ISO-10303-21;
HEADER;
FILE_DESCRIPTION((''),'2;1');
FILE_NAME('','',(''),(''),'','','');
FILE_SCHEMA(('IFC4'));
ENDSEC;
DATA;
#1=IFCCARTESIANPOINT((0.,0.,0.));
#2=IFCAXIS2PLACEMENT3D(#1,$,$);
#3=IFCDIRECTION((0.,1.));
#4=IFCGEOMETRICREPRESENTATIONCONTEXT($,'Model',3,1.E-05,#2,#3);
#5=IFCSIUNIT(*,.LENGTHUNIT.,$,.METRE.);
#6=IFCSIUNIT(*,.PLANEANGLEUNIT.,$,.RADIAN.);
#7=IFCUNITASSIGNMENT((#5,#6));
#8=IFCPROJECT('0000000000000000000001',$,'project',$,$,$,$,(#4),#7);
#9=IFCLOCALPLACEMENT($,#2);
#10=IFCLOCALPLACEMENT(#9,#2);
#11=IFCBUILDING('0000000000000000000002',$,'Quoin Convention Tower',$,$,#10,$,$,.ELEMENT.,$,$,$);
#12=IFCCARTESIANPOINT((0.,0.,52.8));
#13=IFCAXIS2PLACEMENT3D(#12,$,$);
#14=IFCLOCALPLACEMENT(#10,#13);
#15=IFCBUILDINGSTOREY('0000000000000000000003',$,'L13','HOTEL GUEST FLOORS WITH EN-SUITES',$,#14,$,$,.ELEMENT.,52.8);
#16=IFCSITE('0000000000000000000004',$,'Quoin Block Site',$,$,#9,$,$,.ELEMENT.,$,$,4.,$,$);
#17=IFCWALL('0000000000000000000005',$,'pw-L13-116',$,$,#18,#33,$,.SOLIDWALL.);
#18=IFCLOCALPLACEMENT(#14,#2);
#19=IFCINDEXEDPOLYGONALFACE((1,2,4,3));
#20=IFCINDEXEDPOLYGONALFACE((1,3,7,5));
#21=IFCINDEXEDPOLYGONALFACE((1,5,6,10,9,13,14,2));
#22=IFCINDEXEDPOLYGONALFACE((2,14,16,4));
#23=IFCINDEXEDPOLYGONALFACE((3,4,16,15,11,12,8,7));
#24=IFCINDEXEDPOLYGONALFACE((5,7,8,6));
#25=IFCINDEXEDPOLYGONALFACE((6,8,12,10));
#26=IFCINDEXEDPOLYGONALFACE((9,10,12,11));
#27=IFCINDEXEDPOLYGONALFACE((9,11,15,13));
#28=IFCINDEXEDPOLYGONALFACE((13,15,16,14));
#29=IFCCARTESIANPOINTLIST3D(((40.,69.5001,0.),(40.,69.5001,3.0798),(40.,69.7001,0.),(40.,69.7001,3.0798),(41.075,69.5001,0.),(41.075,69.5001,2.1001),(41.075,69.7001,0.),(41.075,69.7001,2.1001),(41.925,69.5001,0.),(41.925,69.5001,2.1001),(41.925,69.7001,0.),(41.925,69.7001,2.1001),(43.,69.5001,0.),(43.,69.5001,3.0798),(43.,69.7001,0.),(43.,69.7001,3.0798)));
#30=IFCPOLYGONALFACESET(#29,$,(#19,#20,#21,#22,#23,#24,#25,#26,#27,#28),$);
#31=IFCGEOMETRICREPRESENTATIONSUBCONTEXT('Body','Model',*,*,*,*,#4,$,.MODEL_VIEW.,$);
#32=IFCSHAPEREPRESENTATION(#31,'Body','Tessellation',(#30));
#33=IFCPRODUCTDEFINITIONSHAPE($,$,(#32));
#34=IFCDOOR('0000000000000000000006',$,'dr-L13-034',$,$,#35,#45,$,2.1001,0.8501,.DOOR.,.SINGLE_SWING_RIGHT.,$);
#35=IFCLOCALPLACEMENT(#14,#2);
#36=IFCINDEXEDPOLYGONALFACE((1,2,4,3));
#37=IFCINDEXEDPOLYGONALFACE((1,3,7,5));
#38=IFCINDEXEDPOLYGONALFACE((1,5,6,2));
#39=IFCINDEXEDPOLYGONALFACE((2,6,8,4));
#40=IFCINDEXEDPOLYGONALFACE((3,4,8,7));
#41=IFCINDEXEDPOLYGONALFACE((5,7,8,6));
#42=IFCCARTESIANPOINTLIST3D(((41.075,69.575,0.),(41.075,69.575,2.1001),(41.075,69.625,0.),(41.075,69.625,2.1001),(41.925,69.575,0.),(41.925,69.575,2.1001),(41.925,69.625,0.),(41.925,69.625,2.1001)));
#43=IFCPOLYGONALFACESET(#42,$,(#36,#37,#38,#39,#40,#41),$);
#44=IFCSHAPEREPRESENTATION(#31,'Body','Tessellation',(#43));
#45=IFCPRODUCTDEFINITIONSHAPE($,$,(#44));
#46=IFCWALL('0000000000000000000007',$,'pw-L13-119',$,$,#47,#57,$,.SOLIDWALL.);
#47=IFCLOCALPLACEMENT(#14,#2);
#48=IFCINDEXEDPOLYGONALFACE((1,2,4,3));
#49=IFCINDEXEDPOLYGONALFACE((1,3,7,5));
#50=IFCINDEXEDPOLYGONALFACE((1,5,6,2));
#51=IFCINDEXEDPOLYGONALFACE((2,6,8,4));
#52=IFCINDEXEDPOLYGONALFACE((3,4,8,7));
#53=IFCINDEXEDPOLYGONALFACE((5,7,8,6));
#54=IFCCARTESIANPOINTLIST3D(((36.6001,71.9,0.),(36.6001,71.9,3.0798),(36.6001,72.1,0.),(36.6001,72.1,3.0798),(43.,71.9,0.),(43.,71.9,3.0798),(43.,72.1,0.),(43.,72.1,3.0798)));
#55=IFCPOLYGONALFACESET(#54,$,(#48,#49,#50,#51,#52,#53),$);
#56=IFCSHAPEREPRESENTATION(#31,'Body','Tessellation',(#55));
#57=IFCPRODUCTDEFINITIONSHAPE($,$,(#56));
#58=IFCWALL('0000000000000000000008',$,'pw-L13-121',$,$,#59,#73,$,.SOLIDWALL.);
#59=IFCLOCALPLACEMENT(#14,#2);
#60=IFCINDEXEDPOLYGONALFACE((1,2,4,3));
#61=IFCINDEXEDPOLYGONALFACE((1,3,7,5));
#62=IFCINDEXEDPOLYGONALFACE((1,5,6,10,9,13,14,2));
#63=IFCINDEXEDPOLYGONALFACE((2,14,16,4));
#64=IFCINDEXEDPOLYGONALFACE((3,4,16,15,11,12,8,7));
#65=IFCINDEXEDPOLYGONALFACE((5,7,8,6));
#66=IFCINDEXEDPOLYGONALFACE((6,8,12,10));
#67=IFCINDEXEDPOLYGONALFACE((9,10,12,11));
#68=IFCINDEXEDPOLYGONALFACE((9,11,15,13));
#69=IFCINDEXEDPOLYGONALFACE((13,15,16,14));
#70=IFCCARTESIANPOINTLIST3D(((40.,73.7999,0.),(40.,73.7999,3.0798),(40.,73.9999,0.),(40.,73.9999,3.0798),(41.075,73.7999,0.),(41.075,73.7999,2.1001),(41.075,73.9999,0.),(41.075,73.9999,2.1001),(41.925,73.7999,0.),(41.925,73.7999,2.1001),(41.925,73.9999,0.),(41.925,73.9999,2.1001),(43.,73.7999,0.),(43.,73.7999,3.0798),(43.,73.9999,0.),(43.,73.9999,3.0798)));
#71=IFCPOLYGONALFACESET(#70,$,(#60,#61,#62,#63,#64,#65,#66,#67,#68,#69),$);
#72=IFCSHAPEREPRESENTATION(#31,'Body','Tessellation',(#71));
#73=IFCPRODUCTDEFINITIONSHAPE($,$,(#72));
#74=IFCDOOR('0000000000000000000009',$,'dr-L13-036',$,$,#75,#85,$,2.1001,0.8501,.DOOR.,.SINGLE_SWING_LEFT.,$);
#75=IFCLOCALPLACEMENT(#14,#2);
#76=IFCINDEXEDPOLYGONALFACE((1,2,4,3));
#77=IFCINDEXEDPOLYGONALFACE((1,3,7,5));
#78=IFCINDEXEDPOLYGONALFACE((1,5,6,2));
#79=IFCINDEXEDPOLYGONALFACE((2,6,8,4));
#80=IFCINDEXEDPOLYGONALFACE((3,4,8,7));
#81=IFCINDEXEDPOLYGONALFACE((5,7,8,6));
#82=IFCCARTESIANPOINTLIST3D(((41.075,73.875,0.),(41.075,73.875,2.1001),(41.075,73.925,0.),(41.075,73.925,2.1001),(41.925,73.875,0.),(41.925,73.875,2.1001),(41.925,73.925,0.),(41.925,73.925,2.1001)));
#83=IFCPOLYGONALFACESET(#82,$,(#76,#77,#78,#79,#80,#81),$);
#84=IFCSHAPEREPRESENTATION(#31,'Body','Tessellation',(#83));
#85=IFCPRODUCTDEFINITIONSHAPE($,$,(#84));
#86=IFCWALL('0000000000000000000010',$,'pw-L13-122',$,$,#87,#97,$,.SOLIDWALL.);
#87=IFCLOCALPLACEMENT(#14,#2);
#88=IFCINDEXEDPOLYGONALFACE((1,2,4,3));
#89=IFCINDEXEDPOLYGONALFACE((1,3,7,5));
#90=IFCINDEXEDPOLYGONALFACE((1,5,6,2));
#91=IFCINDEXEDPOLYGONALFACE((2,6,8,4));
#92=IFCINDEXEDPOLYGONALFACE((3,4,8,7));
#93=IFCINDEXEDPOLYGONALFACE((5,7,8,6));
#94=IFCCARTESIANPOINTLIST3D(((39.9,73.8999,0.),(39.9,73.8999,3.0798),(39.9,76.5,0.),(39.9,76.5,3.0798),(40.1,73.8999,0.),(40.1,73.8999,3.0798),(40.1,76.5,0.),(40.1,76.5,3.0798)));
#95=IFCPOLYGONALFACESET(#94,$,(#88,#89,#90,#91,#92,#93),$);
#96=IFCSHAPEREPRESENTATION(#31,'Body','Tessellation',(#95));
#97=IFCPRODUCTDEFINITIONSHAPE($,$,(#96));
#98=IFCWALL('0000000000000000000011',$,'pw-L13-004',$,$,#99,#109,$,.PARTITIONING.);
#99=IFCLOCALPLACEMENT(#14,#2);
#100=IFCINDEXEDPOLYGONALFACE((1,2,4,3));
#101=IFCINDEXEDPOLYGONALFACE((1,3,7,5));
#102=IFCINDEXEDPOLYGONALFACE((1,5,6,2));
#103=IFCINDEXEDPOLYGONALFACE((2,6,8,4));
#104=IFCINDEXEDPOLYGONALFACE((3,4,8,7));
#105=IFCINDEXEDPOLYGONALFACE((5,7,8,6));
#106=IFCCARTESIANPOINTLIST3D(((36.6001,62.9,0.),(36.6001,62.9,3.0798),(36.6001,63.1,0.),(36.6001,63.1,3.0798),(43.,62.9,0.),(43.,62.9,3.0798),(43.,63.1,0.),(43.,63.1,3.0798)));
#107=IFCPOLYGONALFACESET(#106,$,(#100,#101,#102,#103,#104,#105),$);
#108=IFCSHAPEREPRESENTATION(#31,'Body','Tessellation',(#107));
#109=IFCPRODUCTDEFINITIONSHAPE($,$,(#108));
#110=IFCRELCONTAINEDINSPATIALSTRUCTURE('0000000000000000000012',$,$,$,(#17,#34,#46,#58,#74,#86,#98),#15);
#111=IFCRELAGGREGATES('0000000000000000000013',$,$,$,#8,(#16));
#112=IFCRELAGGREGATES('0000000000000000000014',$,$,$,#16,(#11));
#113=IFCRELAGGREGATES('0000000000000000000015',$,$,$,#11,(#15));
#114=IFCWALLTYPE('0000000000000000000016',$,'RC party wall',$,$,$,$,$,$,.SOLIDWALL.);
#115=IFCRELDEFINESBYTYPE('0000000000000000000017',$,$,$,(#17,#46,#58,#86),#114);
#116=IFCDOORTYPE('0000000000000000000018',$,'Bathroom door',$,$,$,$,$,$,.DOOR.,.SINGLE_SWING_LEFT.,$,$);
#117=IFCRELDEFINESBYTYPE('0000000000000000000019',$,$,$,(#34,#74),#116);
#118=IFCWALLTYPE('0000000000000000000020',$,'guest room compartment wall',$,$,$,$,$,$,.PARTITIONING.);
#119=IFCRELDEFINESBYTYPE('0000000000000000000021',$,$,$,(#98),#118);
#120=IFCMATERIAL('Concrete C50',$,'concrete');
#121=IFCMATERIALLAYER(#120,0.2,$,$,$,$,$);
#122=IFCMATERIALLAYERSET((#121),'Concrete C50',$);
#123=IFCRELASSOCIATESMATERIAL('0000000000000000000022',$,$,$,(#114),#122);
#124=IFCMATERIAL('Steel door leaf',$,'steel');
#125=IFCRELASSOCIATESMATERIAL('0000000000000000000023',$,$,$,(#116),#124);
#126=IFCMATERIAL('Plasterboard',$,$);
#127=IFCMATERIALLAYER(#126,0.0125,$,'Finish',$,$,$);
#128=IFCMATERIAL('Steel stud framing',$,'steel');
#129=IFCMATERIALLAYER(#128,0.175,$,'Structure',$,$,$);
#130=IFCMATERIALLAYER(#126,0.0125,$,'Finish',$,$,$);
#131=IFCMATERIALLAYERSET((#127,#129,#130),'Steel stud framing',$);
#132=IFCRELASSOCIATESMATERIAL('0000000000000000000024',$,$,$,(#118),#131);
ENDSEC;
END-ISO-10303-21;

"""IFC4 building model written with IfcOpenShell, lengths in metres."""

from ifc_helpers import new_model, si_unit, direction, frame, frame_2d, origin, place, context, subcontext, project, spatial, rectangle, extrude, material, layer, layer_set, type_object, element, fill, save


model = new_model("IFC4")

# Units and contexts
model_context = context("Model", 3, precision=1e-05, world=origin(), true_north=direction((0.0, 1.0)))
body_context = subcontext(model_context, "Body", "Model", "MODEL_VIEW")
ifc_project = project(units=[si_unit("LENGTHUNIT", "METRE"), si_unit("PLANEANGLEUNIT", "RADIAN")], contexts=[model_context])

# Site, building, storey
site_placement = place(None, origin())
site = spatial("IfcSite", under=ifc_project, at=site_placement, Name="Quoin Block Site", CompositionType="ELEMENT", RefElevation=4.0)
building_placement = place(site_placement, origin())
building = spatial("IfcBuilding", under=site, at=building_placement, Name="Quoin Convention Tower", CompositionType="ELEMENT")
storey_placement = place(building_placement, frame((0.0, 0.0, 52.8)))
storey = spatial("IfcBuildingStorey", under=building, at=storey_placement, Name="L13", Description="HOTEL GUEST FLOORS WITH EN-SUITES", CompositionType="ELEMENT", Elevation=52.8)

# Shared definitions
ifc_material_1 = material(Name="Plasterboard")
ifc_material_2 = material(Name="Steel stud framing", Category="steel")
ifc_material_3 = material(Name="Steel door leaf", Category="steel")

# Shared definitions
ifc_material_4 = material(Name="Concrete C50", Category="concrete")

# Shared definitions
ifc_layer_1 = layer(ifc_material_4, 0.2)
ifc_layer_set_1 = layer_set([ifc_layer_1], Name="Concrete C50")
wall_type_1 = type_object("IfcWallType", Name="RC party wall", PredefinedType="SOLIDWALL", material=ifc_layer_set_1)
door_type_1 = type_object("IfcDoorType", Name="Bathroom door", OperationType="SINGLE_SWING_LEFT", PredefinedType="DOOR", material=ifc_material_3)

# Wall, opening, door
wall_1_placement = place(storey_placement, frame((40.0, 69.6001, 0.0), z_axis=(0.0, 0.0, 1.0), x_axis=(1.0, 0.0, 0.0)))
wall_1 = element("IfcWall", 1, at=wall_1_placement, inside=storey, type_object=wall_type_1, Name="pw-L13-116", PredefinedType="SOLIDWALL", context=body_context, shape_type="SweptSolid", body=[
    extrude(rectangle(XDim=3.0, YDim=0.2, at=frame_2d((1.5, 0.0))), origin(), (0.0, 0.0, 1.0), 3.0798),
])
opening_1_placement = place(wall_1_placement, frame((1.075, 0.0, 0.0)))
opening_1 = element("IfcOpeningElement", 2, at=opening_1_placement, cuts=wall_1, PredefinedType="OPENING", context=body_context, shape_type="SweptSolid", body=[
    extrude(rectangle(XDim=0.8501, YDim=2.1001, at=frame_2d((0.425, 1.05))), frame((0.0, 0.1099, 0.0), z_axis=(0.0, -1.0, 0.0), x_axis=(1.0, 0.0, 0.0)), (0.0, 0.0, 1.0), 0.22),
])
door_1_placement = place(opening_1_placement, origin())
door_1 = element("IfcDoor", 3, at=door_1_placement, inside=storey, type_object=door_type_1, Name="dr-L13-034", OperationType="SINGLE_SWING_RIGHT", OverallHeight=2.1001, OverallWidth=0.8501, PredefinedType="DOOR", context=body_context, shape_type="SweptSolid", body=[
    extrude(rectangle(XDim=0.8501, YDim=2.1001, at=frame_2d((0.425, 1.05))), frame((0.0, 0.0249, 0.0), z_axis=(0.0, -1.0, 0.0), x_axis=(1.0, 0.0, 0.0)), (0.0, 0.0, 1.0), 0.05),
])
fill(opening_1, door_1)

# Wall
wall_2_placement = place(storey_placement, frame((36.6001, 72.0, 0.0), z_axis=(0.0, 0.0, 1.0), x_axis=(1.0, 0.0, 0.0)))
element("IfcWall", 4, at=wall_2_placement, inside=storey, type_object=wall_type_1, Name="pw-L13-119", PredefinedType="SOLIDWALL", context=body_context, shape_type="SweptSolid", body=[
    extrude(rectangle(XDim=6.3999, YDim=0.2, at=frame_2d((3.2, 0.0))), origin(), (0.0, 0.0, 1.0), 3.0798),
])

# Wall, opening, door
wall_3_placement = place(storey_placement, frame((40.0, 73.8999, 0.0), z_axis=(0.0, 0.0, 1.0), x_axis=(1.0, 0.0, 0.0)))
wall_3 = element("IfcWall", 5, at=wall_3_placement, inside=storey, type_object=wall_type_1, Name="pw-L13-121", PredefinedType="SOLIDWALL", context=body_context, shape_type="SweptSolid", body=[
    extrude(rectangle(XDim=3.0, YDim=0.2, at=frame_2d((1.5, 0.0))), origin(), (0.0, 0.0, 1.0), 3.0798),
])
opening_2_placement = place(wall_3_placement, frame((1.075, 0.0, 0.0)))
opening_2 = element("IfcOpeningElement", 6, at=opening_2_placement, cuts=wall_3, PredefinedType="OPENING", context=body_context, shape_type="SweptSolid", body=[
    extrude(rectangle(XDim=0.8501, YDim=2.1001, at=frame_2d((0.425, 1.05))), frame((0.0, 0.1099, 0.0), z_axis=(0.0, -1.0, 0.0), x_axis=(1.0, 0.0, 0.0)), (0.0, 0.0, 1.0), 0.22),
])
door_2_placement = place(opening_2_placement, frame((0.8501, 0.0, 0.0), z_axis=(0.0, 0.0, 1.0), x_axis=(-1.0, 0.0, 0.0)))
door_2 = element("IfcDoor", 7, at=door_2_placement, inside=storey, type_object=door_type_1, Name="dr-L13-036", OperationType="SINGLE_SWING_LEFT", OverallHeight=2.1001, OverallWidth=0.8501, PredefinedType="DOOR", context=body_context, shape_type="SweptSolid", body=[
    extrude(rectangle(XDim=0.8501, YDim=2.1001, at=frame_2d((0.425, 1.05))), frame((0.0, 0.0249, 0.0), z_axis=(0.0, -1.0, 0.0), x_axis=(1.0, 0.0, 0.0)), (0.0, 0.0, 1.0), 0.05),
])
fill(opening_2, door_2)

# Walls
wall_4_placement = place(storey_placement, frame((40.0, 73.8999, 0.0), z_axis=(0.0, 0.0, 1.0), x_axis=(0.0, 1.0, 0.0)))
element("IfcWall", 8, at=wall_4_placement, inside=storey, type_object=wall_type_1, Name="pw-L13-122", PredefinedType="SOLIDWALL", context=body_context, shape_type="SweptSolid", body=[
    extrude(rectangle(XDim=2.6001, YDim=0.2, at=frame_2d((1.3, 0.0))), origin(), (0.0, 0.0, 1.0), 3.0798),
])
ifc_layer_2 = layer(ifc_material_1, 0.0125, Name="Finish")
ifc_layer_3 = layer(ifc_material_2, 0.175, Name="Structure")
ifc_layer_4 = layer(ifc_material_1, 0.0125, Name="Finish")
ifc_layer_set_2 = layer_set([ifc_layer_2, ifc_layer_3, ifc_layer_4], Name="Steel stud framing")
wall_type_2 = type_object("IfcWallType", Name="guest room compartment wall", PredefinedType="PARTITIONING", material=ifc_layer_set_2)
wall_5_placement = place(storey_placement, frame((36.6001, 63.0, 0.0), z_axis=(0.0, 0.0, 1.0), x_axis=(1.0, 0.0, 0.0)))
element("IfcWall", 9, at=wall_5_placement, inside=storey, type_object=wall_type_2, Name="pw-L13-004", PredefinedType="PARTITIONING", context=body_context, shape_type="SweptSolid", body=[
    extrude(rectangle(XDim=6.3999, YDim=0.2, at=frame_2d((3.2, 0.0))), origin(), (0.0, 0.0, 1.0), 3.0798),
])

save(model, "model.ifc")
